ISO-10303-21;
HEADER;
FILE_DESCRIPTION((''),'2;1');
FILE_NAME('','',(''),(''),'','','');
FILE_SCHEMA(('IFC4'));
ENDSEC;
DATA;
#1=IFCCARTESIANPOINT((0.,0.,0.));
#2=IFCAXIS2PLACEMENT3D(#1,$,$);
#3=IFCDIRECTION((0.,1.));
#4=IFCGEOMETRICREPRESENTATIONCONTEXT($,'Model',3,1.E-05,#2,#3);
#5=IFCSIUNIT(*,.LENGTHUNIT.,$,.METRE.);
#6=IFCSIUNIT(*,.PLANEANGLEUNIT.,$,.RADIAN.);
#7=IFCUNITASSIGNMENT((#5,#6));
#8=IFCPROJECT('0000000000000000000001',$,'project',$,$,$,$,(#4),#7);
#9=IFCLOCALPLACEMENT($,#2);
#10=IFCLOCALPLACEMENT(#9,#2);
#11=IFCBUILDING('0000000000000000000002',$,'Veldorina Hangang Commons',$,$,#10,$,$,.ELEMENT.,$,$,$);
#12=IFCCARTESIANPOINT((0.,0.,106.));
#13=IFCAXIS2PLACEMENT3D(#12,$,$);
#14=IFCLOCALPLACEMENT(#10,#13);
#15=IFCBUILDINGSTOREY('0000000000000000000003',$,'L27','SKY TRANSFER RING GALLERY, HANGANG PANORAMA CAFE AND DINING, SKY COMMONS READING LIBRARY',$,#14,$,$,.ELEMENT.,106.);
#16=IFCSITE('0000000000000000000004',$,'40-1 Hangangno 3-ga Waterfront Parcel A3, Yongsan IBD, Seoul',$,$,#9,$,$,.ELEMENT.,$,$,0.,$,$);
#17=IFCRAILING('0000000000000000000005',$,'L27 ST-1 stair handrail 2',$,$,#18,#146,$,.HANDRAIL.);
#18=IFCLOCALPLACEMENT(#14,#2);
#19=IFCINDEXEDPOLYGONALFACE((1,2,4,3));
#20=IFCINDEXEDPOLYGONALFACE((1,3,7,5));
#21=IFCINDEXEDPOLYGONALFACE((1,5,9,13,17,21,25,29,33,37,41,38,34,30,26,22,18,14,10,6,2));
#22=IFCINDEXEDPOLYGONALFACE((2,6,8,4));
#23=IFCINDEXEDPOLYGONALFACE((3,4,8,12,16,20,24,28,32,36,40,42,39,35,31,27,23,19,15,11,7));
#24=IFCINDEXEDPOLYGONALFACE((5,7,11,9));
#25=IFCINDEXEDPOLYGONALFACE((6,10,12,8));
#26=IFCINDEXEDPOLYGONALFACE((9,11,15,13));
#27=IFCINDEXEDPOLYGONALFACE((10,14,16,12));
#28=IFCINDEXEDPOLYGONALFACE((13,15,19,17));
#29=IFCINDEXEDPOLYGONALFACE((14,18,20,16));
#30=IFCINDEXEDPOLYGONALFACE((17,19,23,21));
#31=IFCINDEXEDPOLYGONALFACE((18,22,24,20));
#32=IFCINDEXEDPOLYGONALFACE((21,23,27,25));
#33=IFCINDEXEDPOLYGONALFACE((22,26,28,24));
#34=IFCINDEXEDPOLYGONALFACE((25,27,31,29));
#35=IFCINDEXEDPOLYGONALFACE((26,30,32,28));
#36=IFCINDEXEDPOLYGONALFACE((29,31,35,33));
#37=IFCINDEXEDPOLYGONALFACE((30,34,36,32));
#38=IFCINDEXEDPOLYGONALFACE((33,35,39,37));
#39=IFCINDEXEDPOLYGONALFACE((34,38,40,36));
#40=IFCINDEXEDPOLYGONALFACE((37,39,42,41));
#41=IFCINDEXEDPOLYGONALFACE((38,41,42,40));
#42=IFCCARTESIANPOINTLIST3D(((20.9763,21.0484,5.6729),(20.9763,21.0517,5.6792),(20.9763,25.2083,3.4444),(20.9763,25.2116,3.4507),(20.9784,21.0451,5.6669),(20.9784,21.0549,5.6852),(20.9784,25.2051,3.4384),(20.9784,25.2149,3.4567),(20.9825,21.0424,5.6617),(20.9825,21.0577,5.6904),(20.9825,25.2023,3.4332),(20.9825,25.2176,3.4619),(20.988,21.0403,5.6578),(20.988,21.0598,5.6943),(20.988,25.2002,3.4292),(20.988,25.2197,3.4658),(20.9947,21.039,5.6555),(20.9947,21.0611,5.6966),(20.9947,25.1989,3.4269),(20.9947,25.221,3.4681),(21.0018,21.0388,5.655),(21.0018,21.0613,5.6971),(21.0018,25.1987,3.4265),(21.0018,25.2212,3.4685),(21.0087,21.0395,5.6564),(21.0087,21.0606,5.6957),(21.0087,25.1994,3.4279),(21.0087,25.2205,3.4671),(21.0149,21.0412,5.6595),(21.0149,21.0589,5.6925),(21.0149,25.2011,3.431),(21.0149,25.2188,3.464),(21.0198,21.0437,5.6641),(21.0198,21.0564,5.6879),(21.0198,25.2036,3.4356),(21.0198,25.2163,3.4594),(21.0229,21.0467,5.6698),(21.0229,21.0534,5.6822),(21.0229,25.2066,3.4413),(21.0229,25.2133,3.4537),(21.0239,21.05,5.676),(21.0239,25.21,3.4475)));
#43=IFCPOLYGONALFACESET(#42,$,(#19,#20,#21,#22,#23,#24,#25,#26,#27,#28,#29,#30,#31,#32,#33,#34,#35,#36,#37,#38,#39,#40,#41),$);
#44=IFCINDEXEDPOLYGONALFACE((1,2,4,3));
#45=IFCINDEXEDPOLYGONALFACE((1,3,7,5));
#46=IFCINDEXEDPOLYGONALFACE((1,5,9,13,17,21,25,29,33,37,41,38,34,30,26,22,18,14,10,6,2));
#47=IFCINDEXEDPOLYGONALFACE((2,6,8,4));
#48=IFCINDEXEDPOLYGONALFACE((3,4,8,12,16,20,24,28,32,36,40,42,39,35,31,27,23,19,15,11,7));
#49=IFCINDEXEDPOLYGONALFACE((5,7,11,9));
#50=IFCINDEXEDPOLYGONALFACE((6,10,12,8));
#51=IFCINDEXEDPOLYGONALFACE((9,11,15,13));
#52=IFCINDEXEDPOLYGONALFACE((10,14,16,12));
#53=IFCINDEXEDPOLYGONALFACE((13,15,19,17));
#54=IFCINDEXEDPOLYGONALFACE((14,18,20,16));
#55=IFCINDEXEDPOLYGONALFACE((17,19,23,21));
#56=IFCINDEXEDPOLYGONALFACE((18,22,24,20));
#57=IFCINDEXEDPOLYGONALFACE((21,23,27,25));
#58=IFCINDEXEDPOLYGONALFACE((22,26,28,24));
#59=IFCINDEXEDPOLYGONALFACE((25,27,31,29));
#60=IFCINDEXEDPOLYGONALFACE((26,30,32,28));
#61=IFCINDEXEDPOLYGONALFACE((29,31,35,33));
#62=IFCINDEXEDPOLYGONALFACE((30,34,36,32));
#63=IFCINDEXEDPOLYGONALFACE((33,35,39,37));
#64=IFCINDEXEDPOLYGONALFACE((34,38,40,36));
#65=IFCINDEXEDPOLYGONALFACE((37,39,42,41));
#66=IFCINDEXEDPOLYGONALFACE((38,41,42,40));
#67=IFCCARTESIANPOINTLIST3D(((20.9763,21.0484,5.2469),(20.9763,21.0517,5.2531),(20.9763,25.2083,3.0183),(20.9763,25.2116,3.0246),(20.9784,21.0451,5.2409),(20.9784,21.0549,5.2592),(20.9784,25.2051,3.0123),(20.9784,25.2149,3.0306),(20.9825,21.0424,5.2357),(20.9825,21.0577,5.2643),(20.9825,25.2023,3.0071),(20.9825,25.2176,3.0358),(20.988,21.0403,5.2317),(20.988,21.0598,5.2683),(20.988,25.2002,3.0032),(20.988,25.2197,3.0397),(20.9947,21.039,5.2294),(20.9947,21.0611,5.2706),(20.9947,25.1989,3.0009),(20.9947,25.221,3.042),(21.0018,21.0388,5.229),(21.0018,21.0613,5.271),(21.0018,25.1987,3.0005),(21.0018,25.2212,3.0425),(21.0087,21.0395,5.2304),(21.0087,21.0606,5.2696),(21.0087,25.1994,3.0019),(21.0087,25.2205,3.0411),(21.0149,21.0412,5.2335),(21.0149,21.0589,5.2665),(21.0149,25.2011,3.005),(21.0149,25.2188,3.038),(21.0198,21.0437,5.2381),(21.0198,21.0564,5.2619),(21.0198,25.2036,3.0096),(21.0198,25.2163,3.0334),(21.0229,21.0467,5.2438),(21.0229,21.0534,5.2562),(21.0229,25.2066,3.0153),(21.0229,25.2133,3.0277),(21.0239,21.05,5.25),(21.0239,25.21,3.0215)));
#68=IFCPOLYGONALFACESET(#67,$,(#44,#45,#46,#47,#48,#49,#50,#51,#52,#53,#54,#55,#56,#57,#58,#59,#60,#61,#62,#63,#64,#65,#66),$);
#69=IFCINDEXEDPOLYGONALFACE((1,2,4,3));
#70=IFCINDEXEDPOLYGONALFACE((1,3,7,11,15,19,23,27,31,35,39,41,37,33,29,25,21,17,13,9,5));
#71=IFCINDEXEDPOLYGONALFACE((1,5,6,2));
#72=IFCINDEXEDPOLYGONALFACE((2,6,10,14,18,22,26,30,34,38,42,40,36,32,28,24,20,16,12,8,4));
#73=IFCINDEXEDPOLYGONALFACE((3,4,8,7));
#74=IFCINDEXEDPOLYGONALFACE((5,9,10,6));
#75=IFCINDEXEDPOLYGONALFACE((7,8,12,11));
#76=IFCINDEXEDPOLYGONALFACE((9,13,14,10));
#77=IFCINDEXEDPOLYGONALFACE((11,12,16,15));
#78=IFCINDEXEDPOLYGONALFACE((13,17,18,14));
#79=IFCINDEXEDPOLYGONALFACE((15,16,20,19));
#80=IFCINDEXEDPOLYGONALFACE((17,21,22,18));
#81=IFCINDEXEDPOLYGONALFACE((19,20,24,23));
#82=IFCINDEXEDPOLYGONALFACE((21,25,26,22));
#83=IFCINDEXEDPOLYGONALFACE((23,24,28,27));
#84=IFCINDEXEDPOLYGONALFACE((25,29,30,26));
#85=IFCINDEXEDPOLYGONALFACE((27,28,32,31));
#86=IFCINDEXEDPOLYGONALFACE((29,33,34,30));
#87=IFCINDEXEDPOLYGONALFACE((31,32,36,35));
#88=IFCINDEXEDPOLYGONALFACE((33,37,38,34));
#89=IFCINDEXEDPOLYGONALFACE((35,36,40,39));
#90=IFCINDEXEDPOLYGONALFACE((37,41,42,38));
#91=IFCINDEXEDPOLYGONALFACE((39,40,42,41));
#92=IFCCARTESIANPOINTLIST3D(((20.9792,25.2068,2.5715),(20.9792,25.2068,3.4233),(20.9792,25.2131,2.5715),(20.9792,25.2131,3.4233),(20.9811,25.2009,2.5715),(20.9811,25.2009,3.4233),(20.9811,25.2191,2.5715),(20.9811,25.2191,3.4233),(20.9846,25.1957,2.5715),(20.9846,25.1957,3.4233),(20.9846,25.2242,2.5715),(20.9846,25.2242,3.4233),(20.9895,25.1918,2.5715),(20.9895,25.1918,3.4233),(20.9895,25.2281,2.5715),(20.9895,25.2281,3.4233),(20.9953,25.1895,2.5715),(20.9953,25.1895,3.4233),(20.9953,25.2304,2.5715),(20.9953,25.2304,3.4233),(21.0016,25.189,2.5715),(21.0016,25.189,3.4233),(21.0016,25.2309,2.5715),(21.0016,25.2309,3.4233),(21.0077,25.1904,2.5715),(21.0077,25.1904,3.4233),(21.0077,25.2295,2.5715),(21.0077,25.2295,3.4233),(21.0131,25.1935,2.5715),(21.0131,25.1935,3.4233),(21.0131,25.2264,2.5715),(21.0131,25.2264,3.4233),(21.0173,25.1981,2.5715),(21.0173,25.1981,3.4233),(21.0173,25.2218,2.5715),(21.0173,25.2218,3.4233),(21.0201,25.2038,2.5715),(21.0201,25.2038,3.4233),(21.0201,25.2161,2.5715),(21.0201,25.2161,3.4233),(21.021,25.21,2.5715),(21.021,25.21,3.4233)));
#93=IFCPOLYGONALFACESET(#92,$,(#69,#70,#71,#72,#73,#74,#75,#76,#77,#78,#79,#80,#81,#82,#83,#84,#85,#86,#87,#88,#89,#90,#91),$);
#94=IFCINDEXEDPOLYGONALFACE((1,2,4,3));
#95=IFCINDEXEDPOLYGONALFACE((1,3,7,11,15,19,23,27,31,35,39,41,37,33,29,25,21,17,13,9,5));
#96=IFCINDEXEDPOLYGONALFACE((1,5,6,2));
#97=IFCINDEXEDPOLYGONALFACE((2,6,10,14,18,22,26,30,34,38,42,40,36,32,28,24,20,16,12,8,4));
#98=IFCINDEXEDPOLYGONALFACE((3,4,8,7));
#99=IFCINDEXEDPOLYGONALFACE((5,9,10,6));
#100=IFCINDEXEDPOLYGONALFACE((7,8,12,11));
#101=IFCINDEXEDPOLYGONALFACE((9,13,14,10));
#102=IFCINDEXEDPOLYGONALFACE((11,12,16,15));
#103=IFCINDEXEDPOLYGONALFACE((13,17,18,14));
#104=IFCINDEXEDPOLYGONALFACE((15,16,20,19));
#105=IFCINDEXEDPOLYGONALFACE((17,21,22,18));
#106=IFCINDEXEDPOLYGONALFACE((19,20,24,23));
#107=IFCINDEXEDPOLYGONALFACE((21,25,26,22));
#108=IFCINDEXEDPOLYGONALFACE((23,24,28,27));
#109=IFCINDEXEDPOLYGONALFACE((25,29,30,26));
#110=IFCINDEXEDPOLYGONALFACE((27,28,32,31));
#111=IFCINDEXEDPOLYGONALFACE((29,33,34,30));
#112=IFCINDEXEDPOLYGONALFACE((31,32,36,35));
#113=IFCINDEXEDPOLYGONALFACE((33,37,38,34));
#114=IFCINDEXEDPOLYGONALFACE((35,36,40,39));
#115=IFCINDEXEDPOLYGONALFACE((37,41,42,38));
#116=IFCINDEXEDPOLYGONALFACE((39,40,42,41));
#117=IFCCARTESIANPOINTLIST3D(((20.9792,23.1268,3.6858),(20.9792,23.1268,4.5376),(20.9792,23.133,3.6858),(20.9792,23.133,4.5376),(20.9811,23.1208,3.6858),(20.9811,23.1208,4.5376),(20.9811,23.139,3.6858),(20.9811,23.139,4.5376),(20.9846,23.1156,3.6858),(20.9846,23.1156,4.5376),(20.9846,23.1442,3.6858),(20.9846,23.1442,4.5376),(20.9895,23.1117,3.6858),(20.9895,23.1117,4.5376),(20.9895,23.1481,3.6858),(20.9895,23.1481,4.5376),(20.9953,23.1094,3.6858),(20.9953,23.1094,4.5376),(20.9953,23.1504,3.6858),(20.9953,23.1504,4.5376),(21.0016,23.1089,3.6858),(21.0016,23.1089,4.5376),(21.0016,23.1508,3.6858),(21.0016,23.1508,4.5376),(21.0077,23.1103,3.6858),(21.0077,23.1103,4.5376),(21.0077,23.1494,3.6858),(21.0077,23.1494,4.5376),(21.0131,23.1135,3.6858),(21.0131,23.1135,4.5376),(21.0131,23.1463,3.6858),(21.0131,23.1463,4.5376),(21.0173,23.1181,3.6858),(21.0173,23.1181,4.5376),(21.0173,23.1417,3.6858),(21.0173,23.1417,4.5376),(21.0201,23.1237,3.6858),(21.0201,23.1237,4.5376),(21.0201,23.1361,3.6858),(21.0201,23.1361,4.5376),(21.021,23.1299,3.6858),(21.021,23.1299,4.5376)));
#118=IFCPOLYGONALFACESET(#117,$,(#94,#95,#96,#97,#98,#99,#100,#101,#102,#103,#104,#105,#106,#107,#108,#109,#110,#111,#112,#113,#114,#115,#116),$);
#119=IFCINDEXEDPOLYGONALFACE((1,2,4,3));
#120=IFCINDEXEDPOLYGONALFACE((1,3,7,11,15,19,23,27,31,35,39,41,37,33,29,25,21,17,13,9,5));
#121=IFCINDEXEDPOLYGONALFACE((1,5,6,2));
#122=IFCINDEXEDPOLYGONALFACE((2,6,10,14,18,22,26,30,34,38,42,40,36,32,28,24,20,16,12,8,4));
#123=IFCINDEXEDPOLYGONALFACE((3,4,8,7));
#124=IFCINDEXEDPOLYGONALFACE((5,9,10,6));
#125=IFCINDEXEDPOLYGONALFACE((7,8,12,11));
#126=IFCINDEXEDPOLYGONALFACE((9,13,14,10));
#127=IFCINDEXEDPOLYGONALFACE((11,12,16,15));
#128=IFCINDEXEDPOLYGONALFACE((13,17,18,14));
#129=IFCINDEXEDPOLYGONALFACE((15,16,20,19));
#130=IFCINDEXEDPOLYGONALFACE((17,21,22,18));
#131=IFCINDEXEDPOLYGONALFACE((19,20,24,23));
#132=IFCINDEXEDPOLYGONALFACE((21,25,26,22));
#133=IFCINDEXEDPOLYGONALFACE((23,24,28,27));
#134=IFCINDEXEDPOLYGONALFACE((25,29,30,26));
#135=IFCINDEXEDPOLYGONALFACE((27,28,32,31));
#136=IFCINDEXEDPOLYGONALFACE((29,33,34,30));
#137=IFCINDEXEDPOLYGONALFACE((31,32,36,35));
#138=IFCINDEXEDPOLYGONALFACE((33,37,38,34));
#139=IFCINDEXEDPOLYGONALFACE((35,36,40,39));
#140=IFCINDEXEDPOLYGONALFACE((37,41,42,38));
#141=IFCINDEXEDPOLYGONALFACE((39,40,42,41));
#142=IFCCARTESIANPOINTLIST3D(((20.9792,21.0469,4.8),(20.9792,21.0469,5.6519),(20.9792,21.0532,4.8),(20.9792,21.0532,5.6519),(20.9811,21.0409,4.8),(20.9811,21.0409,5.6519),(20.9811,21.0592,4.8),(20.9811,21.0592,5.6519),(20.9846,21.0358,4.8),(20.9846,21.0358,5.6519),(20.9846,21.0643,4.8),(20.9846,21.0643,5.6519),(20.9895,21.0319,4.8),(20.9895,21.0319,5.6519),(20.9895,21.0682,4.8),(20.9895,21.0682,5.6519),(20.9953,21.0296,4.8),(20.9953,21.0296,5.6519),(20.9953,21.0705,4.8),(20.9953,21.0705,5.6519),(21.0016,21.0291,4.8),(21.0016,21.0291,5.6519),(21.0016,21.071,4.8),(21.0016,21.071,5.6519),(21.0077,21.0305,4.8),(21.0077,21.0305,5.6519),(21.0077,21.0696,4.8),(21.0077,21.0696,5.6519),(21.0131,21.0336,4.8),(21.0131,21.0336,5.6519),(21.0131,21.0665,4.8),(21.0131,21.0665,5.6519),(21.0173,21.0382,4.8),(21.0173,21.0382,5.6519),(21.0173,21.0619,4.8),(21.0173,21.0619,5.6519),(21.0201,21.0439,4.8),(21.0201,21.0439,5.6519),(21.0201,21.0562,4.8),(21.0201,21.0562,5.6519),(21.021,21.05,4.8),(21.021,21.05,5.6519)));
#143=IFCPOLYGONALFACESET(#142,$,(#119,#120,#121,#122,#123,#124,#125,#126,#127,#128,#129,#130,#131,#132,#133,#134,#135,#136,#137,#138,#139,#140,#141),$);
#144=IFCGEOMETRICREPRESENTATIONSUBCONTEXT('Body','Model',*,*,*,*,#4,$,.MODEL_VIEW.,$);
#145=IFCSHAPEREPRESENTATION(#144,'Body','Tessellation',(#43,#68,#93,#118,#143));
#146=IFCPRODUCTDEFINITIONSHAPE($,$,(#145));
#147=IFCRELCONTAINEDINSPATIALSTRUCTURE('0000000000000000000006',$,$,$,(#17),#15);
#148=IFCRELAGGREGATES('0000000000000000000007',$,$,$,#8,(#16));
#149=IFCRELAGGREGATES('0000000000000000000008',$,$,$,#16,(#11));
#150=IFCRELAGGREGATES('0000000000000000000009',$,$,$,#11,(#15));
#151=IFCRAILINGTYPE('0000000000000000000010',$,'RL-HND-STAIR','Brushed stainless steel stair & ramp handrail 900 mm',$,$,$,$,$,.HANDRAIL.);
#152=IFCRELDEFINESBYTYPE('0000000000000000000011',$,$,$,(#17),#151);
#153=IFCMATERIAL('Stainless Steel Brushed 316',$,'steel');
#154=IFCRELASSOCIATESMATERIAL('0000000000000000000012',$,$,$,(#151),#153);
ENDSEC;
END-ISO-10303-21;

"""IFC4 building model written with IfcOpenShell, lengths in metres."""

from ifc_helpers import new_model, si_unit, direction, frame, origin, origin_2d, place, context, subcontext, project, spatial, circle, extrude, material, type_object, element, save


model = new_model("IFC4")

# Units and contexts
model_context = context("Model", 3, precision=1e-05, world=origin(), true_north=direction((0.0, 1.0)))
body_context = subcontext(model_context, "Body", "Model", "MODEL_VIEW")
ifc_project = project(units=[si_unit("LENGTHUNIT", "METRE"), si_unit("PLANEANGLEUNIT", "RADIAN")], contexts=[model_context])

# Site, building, storey
site_placement = place(None, origin())
site = spatial("IfcSite", under=ifc_project, at=site_placement, Name="40-1 Hangangno 3-ga Waterfront Parcel A3, Yongsan IBD, Seoul", CompositionType="ELEMENT", RefElevation=0.0)
building_placement = place(site_placement, origin())
building = spatial("IfcBuilding", under=site, at=building_placement, Name="Veldorina Hangang Commons", CompositionType="ELEMENT")
storey_placement = place(building_placement, frame((0.0, 0.0, 106.0)))
storey = spatial("IfcBuildingStorey", under=building, at=storey_placement, Name="L27", Description="SKY TRANSFER RING GALLERY, HANGANG PANORAMA CAFE AND DINING, SKY COMMONS READING LIBRARY", CompositionType="ELEMENT", Elevation=106.0)

# Railing
ifc_material_1 = material(Name="Stainless Steel Brushed 316", Category="steel")
railing_type_1 = type_object("IfcRailingType", Name="RL-HND-STAIR", Description="Brushed stainless steel stair & ramp handrail 900 mm", PredefinedType="HANDRAIL", material=ifc_material_1)
railing_1_placement = place(storey_placement, frame((21.0, 25.21, 2.5715)))
element("IfcRailing", 1, at=railing_1_placement, inside=storey, type_object=railing_type_1, Name="L27 ST-1 stair handrail 2", PredefinedType="HANDRAIL", context=body_context, shape_type="SweptSolid", body=[
    extrude(circle(Radius=0.0239, at=origin_2d()), frame((0.0, 0.0, 0.876), z_axis=(0.0, -0.881481, 0.47222), x_axis=(1.0, 0.0, 0.0)), (0.0, 0.0, 1.0), 4.7192),
    extrude(circle(Radius=0.0239, at=origin_2d()), frame((0.0, 0.0, 0.45), z_axis=(0.0, -0.881481, 0.47222), x_axis=(1.0, 0.0, 0.0)), (0.0, 0.0, 1.0), 4.7192),
    extrude(circle(Radius=0.021, at=origin_2d()), origin(), (0.0, 0.0, 1.0), 0.8518),
    extrude(circle(Radius=0.021, at=origin_2d()), frame((0.0, -2.0801, 1.1143)), (0.0, 0.0, 1.0), 0.8518),
    extrude(circle(Radius=0.021, at=origin_2d()), frame((0.0, -4.1599, 2.2285)), (0.0, 0.0, 1.0), 0.8518),
])

save(model, "model.ifc")
